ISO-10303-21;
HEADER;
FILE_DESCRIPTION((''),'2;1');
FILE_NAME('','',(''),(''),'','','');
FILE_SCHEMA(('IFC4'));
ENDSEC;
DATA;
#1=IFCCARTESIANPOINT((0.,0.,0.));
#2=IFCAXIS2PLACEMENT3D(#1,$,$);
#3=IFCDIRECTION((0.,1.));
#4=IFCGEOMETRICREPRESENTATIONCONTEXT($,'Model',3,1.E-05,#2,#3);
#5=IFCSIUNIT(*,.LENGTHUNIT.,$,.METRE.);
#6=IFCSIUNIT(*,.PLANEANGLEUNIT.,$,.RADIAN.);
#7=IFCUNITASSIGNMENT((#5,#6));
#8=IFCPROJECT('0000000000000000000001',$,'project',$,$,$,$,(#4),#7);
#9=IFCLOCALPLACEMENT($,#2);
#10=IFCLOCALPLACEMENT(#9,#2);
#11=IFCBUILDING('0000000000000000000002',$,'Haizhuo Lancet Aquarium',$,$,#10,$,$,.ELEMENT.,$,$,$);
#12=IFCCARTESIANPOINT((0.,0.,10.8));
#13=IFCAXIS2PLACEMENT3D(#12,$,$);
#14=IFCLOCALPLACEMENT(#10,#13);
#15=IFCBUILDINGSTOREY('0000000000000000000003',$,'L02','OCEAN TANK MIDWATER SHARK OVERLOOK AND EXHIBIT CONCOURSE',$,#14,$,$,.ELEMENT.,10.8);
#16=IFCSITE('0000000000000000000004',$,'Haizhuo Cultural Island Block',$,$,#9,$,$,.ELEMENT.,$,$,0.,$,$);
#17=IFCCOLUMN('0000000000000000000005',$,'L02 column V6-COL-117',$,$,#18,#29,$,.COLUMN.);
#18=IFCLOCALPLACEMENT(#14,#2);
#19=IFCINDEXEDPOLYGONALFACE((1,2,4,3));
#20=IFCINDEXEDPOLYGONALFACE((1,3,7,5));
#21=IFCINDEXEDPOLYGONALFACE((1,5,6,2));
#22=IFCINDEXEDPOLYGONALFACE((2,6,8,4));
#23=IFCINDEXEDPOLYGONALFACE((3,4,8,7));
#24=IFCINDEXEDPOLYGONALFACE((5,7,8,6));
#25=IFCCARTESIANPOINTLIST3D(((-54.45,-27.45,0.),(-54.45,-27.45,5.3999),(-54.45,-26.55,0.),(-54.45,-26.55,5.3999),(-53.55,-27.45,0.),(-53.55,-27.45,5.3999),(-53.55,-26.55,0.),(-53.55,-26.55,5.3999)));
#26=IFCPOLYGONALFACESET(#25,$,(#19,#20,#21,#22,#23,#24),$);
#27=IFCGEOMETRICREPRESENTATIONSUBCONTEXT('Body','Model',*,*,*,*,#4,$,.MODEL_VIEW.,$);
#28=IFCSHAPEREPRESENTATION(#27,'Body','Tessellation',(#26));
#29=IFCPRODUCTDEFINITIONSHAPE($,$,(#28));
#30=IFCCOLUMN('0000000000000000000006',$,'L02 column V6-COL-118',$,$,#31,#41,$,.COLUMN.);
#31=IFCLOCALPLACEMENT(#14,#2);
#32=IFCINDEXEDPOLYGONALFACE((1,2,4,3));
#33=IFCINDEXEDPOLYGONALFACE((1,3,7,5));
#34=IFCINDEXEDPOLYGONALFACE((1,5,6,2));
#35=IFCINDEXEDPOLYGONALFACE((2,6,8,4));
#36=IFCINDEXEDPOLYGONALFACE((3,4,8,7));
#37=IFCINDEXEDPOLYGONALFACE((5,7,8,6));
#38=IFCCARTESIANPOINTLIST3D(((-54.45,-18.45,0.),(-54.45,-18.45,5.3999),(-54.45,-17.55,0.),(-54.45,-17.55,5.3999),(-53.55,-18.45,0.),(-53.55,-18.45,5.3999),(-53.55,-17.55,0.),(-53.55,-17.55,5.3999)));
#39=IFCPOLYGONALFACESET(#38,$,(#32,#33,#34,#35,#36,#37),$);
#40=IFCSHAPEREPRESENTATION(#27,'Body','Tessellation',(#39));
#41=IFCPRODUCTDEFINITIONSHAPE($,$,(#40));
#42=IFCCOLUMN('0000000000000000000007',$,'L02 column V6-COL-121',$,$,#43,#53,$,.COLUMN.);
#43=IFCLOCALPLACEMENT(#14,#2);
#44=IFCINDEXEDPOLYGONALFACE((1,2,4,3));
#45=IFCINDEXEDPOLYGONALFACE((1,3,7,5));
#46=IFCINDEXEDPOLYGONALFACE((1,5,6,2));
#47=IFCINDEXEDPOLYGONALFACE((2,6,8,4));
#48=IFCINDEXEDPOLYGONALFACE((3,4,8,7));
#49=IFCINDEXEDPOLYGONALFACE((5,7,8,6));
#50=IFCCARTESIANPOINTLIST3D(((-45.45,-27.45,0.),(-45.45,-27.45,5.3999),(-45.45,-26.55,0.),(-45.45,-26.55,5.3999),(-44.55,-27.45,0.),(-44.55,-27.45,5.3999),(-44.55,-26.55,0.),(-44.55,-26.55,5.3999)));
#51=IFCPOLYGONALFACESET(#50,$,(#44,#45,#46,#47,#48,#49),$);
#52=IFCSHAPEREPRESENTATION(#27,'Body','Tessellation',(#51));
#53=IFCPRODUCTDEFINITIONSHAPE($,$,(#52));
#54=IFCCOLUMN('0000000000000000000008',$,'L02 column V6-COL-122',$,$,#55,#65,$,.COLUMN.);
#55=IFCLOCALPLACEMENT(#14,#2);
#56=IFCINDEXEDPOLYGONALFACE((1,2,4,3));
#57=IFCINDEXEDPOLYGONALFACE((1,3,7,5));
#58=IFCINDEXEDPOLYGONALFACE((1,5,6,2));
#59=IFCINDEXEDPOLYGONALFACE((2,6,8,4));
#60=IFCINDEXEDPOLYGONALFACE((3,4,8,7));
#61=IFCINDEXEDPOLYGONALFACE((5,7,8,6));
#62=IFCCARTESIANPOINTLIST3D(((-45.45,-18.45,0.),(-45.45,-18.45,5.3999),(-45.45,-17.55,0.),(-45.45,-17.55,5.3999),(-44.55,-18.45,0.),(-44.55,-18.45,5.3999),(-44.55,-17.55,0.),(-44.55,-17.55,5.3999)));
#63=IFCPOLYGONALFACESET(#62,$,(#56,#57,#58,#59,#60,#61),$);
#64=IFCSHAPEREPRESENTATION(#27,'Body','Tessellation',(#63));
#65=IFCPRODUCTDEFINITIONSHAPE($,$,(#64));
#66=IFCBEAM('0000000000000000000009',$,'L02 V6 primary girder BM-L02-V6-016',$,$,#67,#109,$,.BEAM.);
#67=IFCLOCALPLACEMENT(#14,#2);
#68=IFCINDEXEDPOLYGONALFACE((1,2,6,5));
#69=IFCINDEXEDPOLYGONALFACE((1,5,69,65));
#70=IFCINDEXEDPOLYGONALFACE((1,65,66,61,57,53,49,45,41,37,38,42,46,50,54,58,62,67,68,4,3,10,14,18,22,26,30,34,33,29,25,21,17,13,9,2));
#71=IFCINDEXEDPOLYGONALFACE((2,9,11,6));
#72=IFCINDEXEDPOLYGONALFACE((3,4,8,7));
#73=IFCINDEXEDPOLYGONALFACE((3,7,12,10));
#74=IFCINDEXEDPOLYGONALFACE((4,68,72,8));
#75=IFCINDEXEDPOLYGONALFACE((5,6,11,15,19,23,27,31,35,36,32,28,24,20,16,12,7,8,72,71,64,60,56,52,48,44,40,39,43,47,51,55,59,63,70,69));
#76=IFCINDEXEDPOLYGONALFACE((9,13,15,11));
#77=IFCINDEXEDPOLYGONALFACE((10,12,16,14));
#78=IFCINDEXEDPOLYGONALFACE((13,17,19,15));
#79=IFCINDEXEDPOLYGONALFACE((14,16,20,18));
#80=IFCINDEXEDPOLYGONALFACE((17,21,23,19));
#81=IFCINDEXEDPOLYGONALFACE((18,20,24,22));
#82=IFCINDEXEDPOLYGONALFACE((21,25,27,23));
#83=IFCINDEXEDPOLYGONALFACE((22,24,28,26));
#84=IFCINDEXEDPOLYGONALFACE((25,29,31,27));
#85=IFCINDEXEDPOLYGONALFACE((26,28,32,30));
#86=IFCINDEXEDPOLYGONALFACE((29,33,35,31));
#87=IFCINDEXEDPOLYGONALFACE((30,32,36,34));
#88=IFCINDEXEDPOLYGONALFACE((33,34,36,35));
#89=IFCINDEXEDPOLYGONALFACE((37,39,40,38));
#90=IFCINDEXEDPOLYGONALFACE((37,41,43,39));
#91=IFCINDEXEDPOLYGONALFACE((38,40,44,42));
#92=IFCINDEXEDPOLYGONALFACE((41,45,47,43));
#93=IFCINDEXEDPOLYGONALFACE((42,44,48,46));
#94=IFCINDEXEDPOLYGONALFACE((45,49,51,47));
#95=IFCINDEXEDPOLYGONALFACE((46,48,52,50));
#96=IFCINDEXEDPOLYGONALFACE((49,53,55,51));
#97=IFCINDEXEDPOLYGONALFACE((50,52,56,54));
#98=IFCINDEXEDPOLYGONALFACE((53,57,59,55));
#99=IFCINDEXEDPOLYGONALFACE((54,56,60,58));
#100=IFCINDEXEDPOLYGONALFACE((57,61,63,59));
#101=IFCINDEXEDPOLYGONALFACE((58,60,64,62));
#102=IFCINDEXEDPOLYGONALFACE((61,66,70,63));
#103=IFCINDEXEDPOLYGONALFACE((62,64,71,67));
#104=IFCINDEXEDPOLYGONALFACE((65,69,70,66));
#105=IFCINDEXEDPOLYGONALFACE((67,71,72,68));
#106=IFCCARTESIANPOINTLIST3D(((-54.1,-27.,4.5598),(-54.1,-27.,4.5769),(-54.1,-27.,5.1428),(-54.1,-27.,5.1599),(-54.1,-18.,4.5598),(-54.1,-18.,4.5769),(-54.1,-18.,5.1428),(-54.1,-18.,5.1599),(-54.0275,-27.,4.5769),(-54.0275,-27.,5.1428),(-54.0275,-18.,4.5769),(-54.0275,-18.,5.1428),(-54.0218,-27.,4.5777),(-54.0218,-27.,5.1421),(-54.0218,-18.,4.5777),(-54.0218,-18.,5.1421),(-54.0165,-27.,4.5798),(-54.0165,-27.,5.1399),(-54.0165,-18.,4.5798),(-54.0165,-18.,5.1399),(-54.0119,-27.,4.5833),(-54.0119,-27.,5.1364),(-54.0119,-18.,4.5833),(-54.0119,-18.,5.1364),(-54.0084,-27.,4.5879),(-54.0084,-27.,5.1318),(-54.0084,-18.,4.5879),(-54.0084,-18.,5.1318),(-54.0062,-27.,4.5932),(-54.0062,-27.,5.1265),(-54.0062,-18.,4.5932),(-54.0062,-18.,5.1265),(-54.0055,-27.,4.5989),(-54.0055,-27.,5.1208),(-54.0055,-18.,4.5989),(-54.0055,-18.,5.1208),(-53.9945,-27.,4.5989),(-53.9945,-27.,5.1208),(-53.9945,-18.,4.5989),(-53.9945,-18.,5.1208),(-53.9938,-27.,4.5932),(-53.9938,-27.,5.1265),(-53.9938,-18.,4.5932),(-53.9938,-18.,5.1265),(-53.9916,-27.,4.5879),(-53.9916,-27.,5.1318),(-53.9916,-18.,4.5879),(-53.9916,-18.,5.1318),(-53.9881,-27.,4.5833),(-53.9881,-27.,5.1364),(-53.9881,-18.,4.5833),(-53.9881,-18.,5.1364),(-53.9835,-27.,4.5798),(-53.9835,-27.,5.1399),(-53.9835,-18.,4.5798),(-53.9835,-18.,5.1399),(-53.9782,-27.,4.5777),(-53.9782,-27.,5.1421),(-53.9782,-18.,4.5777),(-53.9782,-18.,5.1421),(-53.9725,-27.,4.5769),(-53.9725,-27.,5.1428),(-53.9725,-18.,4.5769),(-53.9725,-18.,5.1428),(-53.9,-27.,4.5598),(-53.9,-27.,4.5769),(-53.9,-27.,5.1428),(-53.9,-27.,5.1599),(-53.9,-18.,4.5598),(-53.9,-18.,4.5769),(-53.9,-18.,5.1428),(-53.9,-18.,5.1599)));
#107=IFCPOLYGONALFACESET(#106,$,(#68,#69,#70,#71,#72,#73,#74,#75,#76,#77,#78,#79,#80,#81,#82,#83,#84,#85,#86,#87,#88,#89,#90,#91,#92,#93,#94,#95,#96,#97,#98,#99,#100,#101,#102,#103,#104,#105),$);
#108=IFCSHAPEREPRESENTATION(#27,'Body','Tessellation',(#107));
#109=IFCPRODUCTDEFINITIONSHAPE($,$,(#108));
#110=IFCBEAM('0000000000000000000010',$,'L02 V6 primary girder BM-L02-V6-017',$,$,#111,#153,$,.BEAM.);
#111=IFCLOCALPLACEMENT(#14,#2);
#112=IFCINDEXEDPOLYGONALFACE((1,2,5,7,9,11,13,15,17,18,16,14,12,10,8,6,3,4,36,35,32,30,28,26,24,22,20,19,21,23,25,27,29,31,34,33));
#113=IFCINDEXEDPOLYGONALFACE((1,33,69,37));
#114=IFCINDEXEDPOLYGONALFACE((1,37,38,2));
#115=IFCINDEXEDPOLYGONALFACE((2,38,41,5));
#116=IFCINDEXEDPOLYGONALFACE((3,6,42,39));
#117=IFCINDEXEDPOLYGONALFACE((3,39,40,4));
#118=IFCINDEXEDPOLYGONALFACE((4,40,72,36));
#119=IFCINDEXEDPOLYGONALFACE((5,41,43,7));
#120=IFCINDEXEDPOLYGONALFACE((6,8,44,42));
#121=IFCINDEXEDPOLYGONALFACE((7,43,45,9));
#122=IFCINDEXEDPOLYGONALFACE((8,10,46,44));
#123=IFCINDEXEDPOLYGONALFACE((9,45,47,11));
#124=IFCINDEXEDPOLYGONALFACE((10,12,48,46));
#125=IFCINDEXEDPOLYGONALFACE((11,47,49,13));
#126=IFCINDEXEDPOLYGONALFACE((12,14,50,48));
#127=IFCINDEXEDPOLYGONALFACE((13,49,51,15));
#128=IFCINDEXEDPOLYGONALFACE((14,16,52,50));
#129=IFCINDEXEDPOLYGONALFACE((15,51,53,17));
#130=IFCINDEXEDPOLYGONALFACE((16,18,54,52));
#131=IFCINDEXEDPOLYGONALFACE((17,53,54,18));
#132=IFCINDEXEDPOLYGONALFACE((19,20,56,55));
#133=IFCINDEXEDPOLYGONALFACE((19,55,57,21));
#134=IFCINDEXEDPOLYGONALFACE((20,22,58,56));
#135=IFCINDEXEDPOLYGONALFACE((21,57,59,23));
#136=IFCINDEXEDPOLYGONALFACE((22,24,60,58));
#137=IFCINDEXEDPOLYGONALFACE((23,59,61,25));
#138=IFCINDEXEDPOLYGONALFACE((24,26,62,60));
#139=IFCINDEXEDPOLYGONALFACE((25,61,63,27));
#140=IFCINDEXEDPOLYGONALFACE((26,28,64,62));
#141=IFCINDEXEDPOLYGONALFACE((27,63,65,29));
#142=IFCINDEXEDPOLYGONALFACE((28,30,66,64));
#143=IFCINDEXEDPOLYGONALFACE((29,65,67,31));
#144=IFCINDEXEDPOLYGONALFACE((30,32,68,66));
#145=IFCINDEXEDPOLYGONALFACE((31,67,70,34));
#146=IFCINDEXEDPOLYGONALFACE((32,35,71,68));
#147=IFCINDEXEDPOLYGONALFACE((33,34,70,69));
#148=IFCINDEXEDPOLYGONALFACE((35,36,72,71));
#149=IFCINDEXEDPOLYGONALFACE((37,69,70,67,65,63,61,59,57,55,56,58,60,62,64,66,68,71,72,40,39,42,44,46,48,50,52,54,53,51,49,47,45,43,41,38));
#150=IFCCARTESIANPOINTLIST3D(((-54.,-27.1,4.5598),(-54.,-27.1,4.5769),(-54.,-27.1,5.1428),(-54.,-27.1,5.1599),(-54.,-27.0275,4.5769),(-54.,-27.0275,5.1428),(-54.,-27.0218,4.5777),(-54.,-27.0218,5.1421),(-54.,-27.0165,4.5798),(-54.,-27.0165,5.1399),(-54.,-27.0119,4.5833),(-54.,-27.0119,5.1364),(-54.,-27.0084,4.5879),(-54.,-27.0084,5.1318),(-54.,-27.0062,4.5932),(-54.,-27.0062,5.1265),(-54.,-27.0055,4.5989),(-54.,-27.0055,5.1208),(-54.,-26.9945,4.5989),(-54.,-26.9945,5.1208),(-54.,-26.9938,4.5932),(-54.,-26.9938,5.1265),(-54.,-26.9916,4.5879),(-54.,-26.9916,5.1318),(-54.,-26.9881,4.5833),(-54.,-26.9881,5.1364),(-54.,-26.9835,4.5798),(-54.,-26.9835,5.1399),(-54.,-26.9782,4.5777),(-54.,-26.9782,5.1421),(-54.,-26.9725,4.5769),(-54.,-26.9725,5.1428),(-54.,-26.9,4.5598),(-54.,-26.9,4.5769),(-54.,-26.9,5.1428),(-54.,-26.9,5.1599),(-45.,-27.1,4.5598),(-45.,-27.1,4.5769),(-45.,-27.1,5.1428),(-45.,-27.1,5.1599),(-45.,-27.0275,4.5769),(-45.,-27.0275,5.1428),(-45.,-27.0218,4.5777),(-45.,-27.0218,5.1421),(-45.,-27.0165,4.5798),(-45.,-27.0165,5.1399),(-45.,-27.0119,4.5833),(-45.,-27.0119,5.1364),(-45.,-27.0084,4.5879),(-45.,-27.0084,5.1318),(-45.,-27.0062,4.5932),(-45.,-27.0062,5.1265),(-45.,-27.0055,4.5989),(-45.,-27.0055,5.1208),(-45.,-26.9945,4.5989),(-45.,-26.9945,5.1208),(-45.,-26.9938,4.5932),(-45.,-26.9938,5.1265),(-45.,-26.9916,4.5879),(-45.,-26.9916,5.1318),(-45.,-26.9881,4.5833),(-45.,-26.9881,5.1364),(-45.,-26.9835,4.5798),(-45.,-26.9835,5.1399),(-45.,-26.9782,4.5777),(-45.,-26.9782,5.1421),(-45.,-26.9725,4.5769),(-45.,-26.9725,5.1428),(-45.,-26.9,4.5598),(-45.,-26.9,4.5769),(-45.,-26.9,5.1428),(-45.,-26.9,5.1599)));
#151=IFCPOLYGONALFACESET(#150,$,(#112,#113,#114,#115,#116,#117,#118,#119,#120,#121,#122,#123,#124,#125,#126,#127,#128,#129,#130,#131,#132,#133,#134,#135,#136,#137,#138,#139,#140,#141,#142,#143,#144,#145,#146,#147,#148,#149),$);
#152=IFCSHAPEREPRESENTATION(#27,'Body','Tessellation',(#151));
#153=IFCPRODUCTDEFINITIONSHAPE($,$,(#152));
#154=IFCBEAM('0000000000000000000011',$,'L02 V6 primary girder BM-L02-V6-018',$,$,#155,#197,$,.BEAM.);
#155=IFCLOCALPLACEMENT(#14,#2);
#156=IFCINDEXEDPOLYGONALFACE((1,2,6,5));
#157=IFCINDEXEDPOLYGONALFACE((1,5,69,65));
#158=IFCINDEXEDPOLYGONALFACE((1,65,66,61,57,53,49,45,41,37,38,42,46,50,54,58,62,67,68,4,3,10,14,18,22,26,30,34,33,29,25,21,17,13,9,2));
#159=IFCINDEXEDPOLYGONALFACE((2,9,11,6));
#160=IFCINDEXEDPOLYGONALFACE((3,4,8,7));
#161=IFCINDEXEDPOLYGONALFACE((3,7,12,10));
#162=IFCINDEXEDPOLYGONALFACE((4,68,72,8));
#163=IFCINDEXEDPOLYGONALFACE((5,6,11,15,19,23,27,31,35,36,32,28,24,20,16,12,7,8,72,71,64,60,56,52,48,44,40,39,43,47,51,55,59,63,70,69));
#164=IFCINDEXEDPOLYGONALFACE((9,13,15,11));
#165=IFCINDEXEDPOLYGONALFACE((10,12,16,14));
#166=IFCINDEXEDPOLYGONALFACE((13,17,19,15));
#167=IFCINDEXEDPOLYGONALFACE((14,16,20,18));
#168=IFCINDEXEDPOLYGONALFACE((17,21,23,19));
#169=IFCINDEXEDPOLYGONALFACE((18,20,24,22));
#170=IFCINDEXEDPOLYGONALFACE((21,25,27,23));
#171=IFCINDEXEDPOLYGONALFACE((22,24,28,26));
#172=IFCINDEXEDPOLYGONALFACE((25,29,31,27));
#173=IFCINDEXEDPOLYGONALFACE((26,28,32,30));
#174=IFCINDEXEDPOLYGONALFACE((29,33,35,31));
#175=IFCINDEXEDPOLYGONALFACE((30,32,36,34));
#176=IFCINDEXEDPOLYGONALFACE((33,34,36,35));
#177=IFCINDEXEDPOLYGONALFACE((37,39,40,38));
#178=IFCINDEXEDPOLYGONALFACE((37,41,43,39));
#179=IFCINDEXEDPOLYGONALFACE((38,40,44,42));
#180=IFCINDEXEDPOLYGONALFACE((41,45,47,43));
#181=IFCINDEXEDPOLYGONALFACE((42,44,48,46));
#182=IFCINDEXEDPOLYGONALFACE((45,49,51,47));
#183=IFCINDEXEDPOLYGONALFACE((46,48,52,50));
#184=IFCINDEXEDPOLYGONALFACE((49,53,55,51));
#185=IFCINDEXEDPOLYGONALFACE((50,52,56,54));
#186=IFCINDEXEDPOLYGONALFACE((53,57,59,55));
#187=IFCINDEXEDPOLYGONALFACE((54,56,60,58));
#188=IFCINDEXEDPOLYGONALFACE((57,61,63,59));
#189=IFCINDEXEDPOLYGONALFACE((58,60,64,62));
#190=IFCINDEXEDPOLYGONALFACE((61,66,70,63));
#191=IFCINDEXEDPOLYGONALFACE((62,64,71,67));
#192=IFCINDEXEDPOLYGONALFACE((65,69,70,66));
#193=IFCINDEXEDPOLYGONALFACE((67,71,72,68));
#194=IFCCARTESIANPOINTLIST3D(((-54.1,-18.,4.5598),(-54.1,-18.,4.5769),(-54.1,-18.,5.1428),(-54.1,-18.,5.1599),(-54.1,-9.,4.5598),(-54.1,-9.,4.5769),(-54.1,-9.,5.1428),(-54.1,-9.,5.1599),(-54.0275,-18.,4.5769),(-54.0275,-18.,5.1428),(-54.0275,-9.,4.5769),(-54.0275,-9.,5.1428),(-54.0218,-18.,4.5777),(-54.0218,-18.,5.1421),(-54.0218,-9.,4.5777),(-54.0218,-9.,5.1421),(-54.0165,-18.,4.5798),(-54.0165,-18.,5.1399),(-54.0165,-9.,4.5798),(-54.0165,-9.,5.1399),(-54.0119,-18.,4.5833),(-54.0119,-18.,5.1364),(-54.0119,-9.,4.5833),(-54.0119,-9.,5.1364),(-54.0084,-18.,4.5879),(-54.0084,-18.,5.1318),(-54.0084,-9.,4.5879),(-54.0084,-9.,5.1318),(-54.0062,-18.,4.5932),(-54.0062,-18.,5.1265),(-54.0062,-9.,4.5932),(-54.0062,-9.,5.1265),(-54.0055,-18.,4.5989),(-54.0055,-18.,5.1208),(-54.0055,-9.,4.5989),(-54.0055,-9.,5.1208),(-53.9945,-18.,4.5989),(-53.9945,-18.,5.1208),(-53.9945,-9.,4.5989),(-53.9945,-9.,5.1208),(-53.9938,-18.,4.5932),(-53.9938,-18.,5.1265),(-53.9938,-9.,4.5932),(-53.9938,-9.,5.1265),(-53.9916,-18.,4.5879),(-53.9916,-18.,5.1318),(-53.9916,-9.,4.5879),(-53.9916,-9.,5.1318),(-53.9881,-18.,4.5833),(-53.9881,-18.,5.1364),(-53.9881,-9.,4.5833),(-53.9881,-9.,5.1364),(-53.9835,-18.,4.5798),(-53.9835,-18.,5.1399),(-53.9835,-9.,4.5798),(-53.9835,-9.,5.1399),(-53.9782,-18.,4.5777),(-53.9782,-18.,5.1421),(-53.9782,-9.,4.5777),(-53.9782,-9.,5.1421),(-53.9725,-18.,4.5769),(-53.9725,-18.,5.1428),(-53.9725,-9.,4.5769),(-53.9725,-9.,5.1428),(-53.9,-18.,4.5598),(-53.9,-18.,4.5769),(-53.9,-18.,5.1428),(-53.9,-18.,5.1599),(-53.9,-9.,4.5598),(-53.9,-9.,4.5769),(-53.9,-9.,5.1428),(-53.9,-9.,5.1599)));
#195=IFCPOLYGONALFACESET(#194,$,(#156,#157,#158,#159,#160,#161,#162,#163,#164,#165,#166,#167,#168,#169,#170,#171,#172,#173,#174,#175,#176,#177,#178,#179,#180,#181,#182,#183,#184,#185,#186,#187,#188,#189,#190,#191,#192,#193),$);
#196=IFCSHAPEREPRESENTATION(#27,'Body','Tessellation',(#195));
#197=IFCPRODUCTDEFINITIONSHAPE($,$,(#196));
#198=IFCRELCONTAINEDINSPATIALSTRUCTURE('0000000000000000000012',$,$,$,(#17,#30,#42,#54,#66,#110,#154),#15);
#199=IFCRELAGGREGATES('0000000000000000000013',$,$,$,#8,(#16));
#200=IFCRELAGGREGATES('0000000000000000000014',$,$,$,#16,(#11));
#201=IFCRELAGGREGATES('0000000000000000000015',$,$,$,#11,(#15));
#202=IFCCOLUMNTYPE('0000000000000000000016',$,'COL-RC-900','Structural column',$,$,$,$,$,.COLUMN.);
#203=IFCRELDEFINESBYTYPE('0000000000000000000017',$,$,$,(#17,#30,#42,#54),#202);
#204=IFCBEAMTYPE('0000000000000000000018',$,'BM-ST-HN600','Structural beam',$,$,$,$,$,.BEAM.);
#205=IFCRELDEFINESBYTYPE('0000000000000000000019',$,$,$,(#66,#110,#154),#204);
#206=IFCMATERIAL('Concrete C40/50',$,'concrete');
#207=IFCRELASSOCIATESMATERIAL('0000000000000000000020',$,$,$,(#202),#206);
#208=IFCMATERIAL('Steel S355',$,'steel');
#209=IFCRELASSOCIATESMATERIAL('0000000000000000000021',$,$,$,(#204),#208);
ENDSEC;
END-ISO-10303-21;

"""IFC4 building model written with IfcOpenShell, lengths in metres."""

from ifc_helpers import new_model, si_unit, direction, frame, origin, origin_2d, place, context, subcontext, project, spatial, rectangle, i_section, extrude, material, material_profile, profile_set, type_object, element, save


model = new_model("IFC4")

# Units and contexts
model_context = context("Model", 3, precision=1e-05, world=origin(), true_north=direction((0.0, 1.0)))
body_context = subcontext(model_context, "Body", "Model", "MODEL_VIEW")
ifc_project = project(units=[si_unit("LENGTHUNIT", "METRE"), si_unit("PLANEANGLEUNIT", "RADIAN")], contexts=[model_context])

# Site, building, storey
site_placement = place(None, origin())
site = spatial("IfcSite", under=ifc_project, at=site_placement, Name="Haizhuo Cultural Island Block", CompositionType="ELEMENT", RefElevation=0.0)
building_placement = place(site_placement, origin())
building = spatial("IfcBuilding", under=site, at=building_placement, Name="Haizhuo Lancet Aquarium", CompositionType="ELEMENT")
storey_placement = place(building_placement, frame((0.0, 0.0, 10.8)))
storey = spatial("IfcBuildingStorey", under=building, at=storey_placement, Name="L02", Description="OCEAN TANK MIDWATER SHARK OVERLOOK AND EXHIBIT CONCOURSE", CompositionType="ELEMENT", Elevation=10.8)

# Columns
ifc_material_1 = material(Name="Concrete C40/50", Category="concrete")
ifc_material_profile_1 = material_profile(ifc_material_1, rectangle(XDim=0.8999, YDim=0.8999, at=origin_2d()), Name="RC-COL 900x900")
ifc_profile_set_1 = profile_set([ifc_material_profile_1], Name="Concrete C40/50")
column_type = type_object("IfcColumnType", Name="COL-RC-900", Description="Structural column", PredefinedType="COLUMN", material=ifc_profile_set_1)
for number, where, z_axis, x_axis, name in (
    (1, (-54.0, -27.0, 0.0), (0.0, 0.0, 1.0), (1.0, 0.0, 0.0), "L02 column V6-COL-117"),
    (2, (-54.0, -18.0, 0.0), (0.0, 0.0, 1.0), (1.0, 0.0, 0.0), "L02 column V6-COL-118"),
    (3, (-45.0, -27.0, 0.0), (0.0, 0.0, 1.0), (1.0, 0.0, 0.0), "L02 column V6-COL-121"),
    (4, (-45.0, -18.0, 0.0), (0.0, 0.0, 1.0), (1.0, 0.0, 0.0), "L02 column V6-COL-122"),
):
    element("IfcColumn", number, at=place(storey_placement, frame(where, z_axis=z_axis, x_axis=x_axis)), inside=storey, type_object=column_type, Name=name, PredefinedType="COLUMN", context=body_context, shape_type="SweptSolid", body=[
        extrude(rectangle(XDim=0.8999, YDim=0.8999, at=origin_2d()), origin(), (0.0, 0.0, 1.0), 5.3999),
    ])

# Beams
ifc_material_2 = material(Name="Steel S355", Category="steel")
ifc_material_profile_2 = material_profile(ifc_material_2, i_section(OverallWidth=0.2, OverallDepth=0.6001, WebThickness=0.011, FlangeThickness=0.0171, FilletRadius=0.022, at=origin_2d()), Name="HN 600x200x11x17")
ifc_profile_set_2 = profile_set([ifc_material_profile_2], Name="Steel S355")
beam_type_1 = type_object("IfcBeamType", Name="BM-ST-HN600", Description="Structural beam", PredefinedType="BEAM", material=ifc_profile_set_2)
for number, where, z_axis, x_axis, name in (
    (5, (-54.0, -27.0, 4.8599), (0.0, 1.0, 0.0), (-1.0, 0.0, 0.0), "L02 V6 primary girder BM-L02-V6-016"),
    (6, (-54.0, -27.0, 4.8599), (1.0, 0.0, 0.0), (0.0, 1.0, 0.0), "L02 V6 primary girder BM-L02-V6-017"),
    (7, (-54.0, -18.0, 4.8599), (0.0, 1.0, 0.0), (-1.0, 0.0, 0.0), "L02 V6 primary girder BM-L02-V6-018"),
):
    element("IfcBeam", number, at=place(storey_placement, frame(where, z_axis=z_axis, x_axis=x_axis)), inside=storey, type_object=beam_type_1, Name=name, PredefinedType="BEAM", context=body_context, shape_type="SweptSolid", body=[
        extrude(i_section(OverallWidth=0.2, OverallDepth=0.6001, WebThickness=0.011, FlangeThickness=0.0171, FilletRadius=0.022, at=origin_2d()), origin(), (0.0, 0.0, 1.0), 9.0),
    ])

save(model, "model.ifc")
